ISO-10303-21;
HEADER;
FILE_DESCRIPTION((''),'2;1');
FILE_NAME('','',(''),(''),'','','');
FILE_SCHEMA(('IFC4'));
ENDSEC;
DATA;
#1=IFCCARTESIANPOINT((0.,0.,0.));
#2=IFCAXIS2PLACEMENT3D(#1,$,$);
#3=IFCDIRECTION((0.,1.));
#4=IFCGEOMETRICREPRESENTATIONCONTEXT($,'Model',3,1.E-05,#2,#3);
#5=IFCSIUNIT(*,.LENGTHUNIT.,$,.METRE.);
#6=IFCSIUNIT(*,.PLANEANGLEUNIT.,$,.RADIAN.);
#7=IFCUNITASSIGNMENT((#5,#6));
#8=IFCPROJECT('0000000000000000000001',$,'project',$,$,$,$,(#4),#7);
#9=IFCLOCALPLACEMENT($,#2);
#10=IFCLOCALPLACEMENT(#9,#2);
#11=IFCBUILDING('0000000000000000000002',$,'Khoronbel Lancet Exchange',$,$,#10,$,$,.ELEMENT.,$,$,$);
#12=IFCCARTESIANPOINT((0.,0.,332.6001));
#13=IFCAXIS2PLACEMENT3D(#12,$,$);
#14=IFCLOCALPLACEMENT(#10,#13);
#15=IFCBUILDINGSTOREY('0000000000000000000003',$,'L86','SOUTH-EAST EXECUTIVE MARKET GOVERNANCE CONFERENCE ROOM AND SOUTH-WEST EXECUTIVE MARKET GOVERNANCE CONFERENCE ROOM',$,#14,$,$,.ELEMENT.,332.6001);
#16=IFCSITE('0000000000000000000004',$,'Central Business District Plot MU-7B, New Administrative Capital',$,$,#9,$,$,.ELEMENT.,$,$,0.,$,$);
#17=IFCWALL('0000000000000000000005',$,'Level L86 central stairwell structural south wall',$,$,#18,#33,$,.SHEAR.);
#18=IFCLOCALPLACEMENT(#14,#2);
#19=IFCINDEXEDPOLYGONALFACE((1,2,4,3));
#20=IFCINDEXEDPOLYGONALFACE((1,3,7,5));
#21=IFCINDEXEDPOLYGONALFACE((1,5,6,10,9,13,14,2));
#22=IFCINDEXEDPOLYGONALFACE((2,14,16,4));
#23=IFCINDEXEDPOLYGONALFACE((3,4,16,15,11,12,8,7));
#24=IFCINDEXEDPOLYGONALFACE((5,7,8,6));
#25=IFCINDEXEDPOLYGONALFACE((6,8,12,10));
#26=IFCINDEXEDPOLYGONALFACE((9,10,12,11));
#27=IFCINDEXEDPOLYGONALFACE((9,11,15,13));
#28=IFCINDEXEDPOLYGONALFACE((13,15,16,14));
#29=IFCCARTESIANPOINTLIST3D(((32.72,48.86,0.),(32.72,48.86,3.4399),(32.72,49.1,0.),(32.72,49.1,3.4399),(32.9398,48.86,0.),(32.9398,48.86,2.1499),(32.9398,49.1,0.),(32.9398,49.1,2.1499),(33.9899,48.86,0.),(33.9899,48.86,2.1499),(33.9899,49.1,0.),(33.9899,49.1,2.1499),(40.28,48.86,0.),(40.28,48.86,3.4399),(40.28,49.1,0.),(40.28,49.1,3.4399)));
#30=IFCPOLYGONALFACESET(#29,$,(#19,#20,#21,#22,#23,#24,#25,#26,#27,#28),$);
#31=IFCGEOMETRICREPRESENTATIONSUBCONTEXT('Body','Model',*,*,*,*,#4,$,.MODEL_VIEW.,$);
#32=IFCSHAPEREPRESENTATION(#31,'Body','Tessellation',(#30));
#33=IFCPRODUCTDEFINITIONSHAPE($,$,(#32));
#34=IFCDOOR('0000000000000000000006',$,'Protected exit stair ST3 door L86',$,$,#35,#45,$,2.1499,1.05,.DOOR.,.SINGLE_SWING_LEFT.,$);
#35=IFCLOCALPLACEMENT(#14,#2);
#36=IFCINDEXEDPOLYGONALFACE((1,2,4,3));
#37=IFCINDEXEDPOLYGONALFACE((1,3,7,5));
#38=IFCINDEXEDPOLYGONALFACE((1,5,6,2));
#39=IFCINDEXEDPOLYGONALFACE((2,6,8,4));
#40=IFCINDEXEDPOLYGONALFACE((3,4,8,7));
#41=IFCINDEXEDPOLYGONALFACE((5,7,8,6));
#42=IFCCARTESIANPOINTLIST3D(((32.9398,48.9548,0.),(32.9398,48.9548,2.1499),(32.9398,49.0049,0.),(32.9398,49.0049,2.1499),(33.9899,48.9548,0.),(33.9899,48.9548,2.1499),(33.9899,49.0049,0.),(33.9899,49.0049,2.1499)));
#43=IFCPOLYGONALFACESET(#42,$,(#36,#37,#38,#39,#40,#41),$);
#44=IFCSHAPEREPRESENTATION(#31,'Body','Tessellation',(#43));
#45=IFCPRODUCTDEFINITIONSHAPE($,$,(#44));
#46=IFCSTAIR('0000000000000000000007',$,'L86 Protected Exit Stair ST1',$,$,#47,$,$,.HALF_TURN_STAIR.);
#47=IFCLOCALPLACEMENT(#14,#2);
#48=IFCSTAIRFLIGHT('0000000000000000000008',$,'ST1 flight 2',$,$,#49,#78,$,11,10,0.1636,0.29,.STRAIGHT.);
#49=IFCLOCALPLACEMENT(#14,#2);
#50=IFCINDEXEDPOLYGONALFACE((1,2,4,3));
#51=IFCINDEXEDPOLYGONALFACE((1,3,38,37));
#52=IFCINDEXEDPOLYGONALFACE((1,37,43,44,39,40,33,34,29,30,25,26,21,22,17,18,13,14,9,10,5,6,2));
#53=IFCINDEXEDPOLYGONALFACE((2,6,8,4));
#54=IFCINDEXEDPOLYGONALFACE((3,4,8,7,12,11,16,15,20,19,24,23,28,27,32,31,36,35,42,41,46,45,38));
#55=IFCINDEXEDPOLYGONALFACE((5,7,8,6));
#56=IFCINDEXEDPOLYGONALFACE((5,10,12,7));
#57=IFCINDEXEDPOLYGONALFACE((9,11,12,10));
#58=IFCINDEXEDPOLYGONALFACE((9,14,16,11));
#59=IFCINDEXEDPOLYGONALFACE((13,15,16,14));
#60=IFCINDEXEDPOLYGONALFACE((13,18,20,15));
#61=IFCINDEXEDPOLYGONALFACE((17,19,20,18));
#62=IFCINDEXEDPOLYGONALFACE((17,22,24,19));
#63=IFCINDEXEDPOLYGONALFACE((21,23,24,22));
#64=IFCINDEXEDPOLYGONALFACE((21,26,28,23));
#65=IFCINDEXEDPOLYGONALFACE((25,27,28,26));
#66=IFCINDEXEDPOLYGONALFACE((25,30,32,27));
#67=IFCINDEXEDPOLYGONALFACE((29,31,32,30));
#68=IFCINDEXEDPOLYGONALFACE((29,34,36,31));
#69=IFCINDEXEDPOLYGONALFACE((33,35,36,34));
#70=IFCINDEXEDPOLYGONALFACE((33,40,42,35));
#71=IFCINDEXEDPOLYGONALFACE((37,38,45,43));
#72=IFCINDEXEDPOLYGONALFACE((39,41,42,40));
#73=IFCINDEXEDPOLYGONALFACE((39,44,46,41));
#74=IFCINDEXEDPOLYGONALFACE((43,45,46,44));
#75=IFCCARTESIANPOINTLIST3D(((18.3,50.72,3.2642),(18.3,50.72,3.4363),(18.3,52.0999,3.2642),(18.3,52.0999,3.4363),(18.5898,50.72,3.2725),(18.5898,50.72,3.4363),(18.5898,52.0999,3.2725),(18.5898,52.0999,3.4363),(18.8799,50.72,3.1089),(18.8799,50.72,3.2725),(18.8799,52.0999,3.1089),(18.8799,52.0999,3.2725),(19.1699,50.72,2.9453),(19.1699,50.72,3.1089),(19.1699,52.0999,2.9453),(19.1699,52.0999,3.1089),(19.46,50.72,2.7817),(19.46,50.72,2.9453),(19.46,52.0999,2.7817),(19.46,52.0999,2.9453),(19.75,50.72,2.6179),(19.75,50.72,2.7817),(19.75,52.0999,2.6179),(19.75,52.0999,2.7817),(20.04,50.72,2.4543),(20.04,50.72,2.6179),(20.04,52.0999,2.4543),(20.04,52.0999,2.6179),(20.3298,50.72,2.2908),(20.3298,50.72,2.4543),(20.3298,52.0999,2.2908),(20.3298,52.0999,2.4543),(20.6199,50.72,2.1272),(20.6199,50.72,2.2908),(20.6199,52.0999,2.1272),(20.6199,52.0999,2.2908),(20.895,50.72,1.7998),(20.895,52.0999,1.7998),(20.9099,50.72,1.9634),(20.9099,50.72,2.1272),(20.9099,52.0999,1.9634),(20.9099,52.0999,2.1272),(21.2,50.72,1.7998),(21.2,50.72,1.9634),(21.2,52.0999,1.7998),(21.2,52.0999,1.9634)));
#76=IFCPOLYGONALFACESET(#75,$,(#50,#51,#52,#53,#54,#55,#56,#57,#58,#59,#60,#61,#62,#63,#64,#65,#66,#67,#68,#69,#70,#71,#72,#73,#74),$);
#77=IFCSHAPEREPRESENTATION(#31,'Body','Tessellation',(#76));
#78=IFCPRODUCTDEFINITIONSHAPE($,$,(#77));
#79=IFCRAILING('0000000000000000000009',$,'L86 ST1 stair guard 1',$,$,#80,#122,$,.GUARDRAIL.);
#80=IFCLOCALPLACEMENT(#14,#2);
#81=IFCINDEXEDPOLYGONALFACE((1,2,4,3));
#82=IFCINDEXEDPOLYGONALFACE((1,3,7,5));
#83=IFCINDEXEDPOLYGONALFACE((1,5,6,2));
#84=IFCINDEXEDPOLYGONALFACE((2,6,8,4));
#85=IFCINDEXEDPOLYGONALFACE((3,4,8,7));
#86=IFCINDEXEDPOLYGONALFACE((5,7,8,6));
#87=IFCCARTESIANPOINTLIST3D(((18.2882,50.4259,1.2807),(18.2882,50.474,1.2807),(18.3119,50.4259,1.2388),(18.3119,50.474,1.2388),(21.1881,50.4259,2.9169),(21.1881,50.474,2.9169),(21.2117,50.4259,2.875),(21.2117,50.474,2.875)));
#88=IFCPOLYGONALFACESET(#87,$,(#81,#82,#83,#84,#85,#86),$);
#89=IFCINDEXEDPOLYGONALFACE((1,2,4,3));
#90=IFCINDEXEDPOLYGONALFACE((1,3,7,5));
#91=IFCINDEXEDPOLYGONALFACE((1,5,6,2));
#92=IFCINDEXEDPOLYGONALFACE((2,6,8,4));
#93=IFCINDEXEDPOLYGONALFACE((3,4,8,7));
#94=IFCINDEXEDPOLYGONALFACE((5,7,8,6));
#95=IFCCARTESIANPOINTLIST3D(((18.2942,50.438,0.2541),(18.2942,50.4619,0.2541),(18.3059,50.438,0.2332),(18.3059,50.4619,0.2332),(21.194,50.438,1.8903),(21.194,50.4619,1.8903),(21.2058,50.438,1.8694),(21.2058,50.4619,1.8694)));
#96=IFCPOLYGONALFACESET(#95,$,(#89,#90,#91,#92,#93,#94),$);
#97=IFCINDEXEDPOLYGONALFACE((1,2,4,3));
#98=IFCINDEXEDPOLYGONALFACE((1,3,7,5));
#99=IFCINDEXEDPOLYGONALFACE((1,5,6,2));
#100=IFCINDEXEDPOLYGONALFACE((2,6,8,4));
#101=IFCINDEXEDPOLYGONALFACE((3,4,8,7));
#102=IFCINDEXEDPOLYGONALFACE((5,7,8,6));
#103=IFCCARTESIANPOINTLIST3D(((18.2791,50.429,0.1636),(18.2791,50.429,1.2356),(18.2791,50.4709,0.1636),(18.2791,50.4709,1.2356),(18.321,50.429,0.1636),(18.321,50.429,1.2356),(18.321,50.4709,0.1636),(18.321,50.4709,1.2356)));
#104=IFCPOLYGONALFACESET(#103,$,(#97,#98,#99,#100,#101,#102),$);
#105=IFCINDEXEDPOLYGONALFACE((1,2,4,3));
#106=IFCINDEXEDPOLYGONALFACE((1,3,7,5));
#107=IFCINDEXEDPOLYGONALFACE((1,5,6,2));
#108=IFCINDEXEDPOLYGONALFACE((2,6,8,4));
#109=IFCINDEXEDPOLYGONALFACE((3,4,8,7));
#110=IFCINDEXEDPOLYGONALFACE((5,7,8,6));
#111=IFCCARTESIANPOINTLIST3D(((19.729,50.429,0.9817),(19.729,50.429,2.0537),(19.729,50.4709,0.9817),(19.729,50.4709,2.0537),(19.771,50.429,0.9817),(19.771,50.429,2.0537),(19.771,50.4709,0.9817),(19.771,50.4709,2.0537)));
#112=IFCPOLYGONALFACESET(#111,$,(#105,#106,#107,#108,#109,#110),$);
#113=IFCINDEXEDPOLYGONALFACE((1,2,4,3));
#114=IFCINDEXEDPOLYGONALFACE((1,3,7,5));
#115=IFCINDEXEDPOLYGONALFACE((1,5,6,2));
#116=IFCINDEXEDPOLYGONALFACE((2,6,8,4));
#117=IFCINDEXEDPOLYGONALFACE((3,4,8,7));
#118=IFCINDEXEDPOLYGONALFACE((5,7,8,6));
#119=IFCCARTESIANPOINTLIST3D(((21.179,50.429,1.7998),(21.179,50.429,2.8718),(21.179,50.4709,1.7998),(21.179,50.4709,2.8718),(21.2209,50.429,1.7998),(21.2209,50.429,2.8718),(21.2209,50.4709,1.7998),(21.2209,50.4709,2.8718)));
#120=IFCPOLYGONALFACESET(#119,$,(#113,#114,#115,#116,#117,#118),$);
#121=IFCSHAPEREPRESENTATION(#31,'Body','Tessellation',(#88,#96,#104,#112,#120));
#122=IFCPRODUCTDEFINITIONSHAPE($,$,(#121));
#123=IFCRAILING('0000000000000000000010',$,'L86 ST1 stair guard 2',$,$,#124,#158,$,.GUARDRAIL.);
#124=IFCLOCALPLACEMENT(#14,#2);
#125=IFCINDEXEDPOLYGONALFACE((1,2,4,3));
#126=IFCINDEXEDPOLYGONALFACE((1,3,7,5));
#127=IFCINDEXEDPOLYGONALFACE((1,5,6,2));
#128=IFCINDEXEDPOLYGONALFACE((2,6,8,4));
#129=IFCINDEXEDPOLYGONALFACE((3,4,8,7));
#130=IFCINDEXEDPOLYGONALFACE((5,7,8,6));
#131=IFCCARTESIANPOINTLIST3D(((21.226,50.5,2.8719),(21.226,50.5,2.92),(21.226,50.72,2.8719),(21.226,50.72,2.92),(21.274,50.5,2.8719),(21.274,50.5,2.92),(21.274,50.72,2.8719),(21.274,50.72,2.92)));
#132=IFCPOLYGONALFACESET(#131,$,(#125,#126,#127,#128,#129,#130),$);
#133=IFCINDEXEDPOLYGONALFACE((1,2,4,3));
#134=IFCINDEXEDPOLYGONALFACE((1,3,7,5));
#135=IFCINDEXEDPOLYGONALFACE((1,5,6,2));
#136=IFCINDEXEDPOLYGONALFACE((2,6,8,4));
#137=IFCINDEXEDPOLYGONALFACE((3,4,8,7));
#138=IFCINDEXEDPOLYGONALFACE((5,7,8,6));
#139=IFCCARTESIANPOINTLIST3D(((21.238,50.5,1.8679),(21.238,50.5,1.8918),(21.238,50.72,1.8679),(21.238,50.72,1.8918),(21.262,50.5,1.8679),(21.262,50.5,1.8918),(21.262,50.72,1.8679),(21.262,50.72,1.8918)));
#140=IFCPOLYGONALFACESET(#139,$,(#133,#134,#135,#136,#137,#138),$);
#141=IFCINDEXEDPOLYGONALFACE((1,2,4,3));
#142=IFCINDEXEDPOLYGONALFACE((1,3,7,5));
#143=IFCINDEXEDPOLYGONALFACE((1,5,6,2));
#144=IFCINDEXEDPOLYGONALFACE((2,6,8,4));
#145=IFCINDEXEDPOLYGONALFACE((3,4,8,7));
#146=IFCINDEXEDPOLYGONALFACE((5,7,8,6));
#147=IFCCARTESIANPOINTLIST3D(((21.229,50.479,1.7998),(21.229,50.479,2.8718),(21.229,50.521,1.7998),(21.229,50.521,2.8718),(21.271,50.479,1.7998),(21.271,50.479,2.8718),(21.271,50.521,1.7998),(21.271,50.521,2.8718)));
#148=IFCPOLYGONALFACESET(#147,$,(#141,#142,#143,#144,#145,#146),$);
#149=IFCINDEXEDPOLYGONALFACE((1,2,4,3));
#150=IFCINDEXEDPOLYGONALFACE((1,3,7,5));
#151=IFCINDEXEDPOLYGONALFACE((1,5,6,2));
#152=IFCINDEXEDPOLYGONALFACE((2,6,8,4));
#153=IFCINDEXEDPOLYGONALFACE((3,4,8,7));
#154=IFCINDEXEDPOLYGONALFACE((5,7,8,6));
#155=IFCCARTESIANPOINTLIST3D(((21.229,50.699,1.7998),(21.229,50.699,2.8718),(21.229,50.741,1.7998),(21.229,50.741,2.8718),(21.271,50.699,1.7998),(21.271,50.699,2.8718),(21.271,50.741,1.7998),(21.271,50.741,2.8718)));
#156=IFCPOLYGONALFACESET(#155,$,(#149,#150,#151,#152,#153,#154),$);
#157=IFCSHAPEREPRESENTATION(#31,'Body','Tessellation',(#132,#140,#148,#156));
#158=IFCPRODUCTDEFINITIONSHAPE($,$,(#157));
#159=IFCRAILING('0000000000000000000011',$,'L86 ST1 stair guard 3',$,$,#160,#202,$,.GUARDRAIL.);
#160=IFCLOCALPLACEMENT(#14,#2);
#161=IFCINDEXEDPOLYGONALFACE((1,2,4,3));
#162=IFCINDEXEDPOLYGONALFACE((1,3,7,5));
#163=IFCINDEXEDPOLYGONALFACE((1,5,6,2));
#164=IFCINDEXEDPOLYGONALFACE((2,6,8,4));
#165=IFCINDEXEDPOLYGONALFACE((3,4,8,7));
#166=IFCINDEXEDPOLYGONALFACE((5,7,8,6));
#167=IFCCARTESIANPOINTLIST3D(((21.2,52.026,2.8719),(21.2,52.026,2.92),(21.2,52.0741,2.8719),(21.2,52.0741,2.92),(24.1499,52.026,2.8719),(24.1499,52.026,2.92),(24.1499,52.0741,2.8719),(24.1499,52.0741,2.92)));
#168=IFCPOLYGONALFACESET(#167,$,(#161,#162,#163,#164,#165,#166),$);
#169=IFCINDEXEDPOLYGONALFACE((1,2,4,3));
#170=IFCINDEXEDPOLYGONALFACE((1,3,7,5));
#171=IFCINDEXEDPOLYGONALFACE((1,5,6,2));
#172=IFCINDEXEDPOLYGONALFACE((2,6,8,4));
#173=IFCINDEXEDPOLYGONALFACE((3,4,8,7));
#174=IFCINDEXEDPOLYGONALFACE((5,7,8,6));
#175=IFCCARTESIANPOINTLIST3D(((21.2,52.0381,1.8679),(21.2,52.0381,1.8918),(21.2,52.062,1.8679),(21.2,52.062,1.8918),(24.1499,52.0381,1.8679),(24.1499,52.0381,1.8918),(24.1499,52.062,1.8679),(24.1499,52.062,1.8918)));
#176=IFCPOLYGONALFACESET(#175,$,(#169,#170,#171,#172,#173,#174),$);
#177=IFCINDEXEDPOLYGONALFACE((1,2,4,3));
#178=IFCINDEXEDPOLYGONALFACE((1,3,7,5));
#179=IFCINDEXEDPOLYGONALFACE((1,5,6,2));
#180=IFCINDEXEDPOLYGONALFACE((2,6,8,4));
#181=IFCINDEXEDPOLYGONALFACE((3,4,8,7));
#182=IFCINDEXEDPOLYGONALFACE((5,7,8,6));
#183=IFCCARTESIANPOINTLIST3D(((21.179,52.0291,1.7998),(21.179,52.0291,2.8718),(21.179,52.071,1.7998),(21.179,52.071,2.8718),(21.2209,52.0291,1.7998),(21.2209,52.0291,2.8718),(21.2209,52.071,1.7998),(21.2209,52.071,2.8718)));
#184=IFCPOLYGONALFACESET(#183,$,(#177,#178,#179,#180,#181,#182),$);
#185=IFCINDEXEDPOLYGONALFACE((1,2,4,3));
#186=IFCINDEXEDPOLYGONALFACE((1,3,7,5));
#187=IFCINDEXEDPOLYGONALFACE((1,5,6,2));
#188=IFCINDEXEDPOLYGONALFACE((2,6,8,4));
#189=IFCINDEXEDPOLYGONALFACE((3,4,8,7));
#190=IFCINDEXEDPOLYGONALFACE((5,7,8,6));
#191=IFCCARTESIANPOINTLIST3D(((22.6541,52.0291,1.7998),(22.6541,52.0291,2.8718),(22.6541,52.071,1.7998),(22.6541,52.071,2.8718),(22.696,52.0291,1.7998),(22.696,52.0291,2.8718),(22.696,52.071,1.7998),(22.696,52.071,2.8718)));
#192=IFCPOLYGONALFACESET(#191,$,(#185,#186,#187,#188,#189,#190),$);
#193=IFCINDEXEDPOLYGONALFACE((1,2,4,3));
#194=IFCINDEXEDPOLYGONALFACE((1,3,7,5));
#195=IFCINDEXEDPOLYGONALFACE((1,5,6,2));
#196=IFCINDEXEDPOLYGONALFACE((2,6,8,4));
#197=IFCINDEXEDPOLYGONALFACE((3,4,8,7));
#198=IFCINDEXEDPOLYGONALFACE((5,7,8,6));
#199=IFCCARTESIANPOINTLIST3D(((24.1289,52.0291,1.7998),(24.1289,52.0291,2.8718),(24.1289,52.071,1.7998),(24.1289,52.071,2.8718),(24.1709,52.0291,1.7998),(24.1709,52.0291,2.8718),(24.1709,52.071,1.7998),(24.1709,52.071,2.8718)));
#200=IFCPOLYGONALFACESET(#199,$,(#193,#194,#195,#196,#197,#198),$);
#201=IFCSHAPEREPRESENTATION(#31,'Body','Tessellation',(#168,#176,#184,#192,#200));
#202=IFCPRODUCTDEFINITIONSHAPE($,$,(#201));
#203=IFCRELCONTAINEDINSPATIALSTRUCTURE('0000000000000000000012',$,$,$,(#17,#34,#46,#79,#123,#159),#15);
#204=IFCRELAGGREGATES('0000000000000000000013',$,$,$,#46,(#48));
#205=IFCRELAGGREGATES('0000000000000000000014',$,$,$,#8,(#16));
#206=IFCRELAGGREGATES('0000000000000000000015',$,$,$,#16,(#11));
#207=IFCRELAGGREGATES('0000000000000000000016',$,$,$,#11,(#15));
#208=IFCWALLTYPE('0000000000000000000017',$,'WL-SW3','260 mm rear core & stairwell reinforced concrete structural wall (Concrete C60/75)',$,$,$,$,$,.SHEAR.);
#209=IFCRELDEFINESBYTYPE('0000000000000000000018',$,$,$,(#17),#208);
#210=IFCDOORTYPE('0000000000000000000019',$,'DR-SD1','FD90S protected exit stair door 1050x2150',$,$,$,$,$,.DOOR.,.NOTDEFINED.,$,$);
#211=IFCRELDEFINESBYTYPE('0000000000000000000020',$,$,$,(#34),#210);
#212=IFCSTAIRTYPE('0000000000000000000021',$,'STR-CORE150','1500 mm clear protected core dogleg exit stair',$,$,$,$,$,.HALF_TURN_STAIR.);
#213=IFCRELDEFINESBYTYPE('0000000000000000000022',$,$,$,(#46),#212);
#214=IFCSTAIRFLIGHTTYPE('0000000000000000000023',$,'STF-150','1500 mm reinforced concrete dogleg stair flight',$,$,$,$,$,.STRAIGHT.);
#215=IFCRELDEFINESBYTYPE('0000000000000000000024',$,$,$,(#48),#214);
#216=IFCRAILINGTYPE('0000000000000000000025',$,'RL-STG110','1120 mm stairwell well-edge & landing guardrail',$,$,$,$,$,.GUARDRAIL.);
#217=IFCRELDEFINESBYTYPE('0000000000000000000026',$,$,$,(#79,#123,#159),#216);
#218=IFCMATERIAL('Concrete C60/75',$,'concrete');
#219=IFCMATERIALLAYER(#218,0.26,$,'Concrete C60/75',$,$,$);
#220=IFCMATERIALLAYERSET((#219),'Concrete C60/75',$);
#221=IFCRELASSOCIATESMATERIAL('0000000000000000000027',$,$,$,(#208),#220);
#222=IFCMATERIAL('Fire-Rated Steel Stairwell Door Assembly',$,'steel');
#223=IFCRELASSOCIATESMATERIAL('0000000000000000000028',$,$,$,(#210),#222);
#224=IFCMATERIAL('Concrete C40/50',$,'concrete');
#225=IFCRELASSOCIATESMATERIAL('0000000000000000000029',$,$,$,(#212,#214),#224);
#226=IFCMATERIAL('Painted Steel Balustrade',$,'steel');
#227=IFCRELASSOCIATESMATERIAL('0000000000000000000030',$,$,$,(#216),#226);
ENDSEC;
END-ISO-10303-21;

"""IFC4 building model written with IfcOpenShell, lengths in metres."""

from ifc_helpers import new_model, si_unit, direction, frame, frame_2d, origin, origin_2d, place, context, subcontext, project, spatial, polyline, rectangle, outline, extrude, material, layer, layer_set, type_object, element, fill, aggregate, save


model = new_model("IFC4")

# Units and contexts
model_context = context("Model", 3, precision=1e-05, world=origin(), true_north=direction((0.0, 1.0)))
body_context = subcontext(model_context, "Body", "Model", "MODEL_VIEW")
ifc_project = project(units=[si_unit("LENGTHUNIT", "METRE"), si_unit("PLANEANGLEUNIT", "RADIAN")], contexts=[model_context])

# Site, building, storey
site_placement = place(None, origin())
site = spatial("IfcSite", under=ifc_project, at=site_placement, Name="Central Business District Plot MU-7B, New Administrative Capital", CompositionType="ELEMENT", RefElevation=0.0)
building_placement = place(site_placement, origin())
building = spatial("IfcBuilding", under=site, at=building_placement, Name="Khoronbel Lancet Exchange", CompositionType="ELEMENT")
storey_placement = place(building_placement, frame((0.0, 0.0, 332.6001)))
storey = spatial("IfcBuildingStorey", under=building, at=storey_placement, Name="L86", Description="SOUTH-EAST EXECUTIVE MARKET GOVERNANCE CONFERENCE ROOM AND SOUTH-WEST EXECUTIVE MARKET GOVERNANCE CONFERENCE ROOM", CompositionType="ELEMENT", Elevation=332.6001)

# Shared definitions
ifc_material_1 = material(Name="Concrete C60/75", Category="concrete")
ifc_layer_1 = layer(ifc_material_1, 0.26, Name="Concrete C60/75")
ifc_layer_set_1 = layer_set([ifc_layer_1], Name="Concrete C60/75")
wall_type_1 = type_object("IfcWallType", Name="WL-SW3", Description="260 mm rear core & stairwell reinforced concrete structural wall (Concrete C60/75)", PredefinedType="SHEAR", material=ifc_layer_set_1)

# Wall, opening, door
wall_1_placement = place(storey_placement, frame((32.72, 48.98, 0.0), z_axis=(0.0, 0.0, 1.0), x_axis=(1.0, 0.0, 0.0)))
wall_1 = element("IfcWall", 1, at=wall_1_placement, inside=storey, type_object=wall_type_1, Name="Level L86 central stairwell structural south wall", PredefinedType="SHEAR", context=body_context, shape_type="SweptSolid", body=[
    extrude(rectangle(XDim=7.5601, YDim=0.24, at=frame_2d((3.78, 0.0))), origin(), (0.0, 0.0, 1.0), 3.4399),
])
opening_1_placement = place(wall_1_placement, frame((0.22, 0.0, 0.0)))
opening_1 = element("IfcOpeningElement", 2, at=opening_1_placement, cuts=wall_1, PredefinedType="OPENING", context=body_context, shape_type="SweptSolid", body=[
    extrude(rectangle(XDim=1.05, YDim=2.1499, at=frame_2d((0.5249, 1.075))), frame((0.0, 0.1299, 0.0), z_axis=(0.0, -1.0, 0.0), x_axis=(1.0, 0.0, 0.0)), (0.0, 0.0, 1.0), 0.26),
])
ifc_material_2 = material(Name="Fire-Rated Steel Stairwell Door Assembly", Category="steel")
door_type_1 = type_object("IfcDoorType", Name="DR-SD1", Description="FD90S protected exit stair door 1050x2150", OperationType="NOTDEFINED", PredefinedType="DOOR", material=ifc_material_2)
door_1_placement = place(opening_1_placement, origin())
door_1 = element("IfcDoor", 3, at=door_1_placement, inside=storey, type_object=door_type_1, Name="Protected exit stair ST3 door L86", OperationType="SINGLE_SWING_LEFT", OverallHeight=2.1499, OverallWidth=1.05, PredefinedType="DOOR", context=body_context, shape_type="SweptSolid", body=[
    extrude(rectangle(XDim=1.05, YDim=2.1499, at=frame_2d((0.5249, 1.075))), frame((0.0, 0.0249, 0.0), z_axis=(0.0, -1.0, 0.0), x_axis=(1.0, 0.0, 0.0)), (0.0, 0.0, 1.0), 0.05),
])
fill(opening_1, door_1)

# Stair, stair flight
ifc_material_3 = material(Name="Concrete C40/50", Category="concrete")
stair_type = type_object("IfcStairType", Name="STR-CORE150", Description="1500 mm clear protected core dogleg exit stair", PredefinedType="HALF_TURN_STAIR", material=ifc_material_3)
stair_placement = place(storey_placement, origin())
stair = element("IfcStair", 4, at=stair_placement, inside=storey, type_object=stair_type, Name="L86 Protected Exit Stair ST1", PredefinedType="HALF_TURN_STAIR")
stair_flight_type = type_object("IfcStairFlightType", Name="STF-150", Description="1500 mm reinforced concrete dogleg stair flight", PredefinedType="STRAIGHT", material=ifc_material_3)
stair_flight_placement = place(storey_placement, frame((21.2, 51.4099, 1.7998), z_axis=(0.0, 0.0, 1.0), x_axis=(-1.0, 0.0, 0.0)))
stair_flight = element("IfcStairFlight", 5, at=stair_flight_placement, type_object=stair_flight_type, Name="ST1 flight 2", NumberOfRisers=11, NumberOfTreads=10, PredefinedType="STRAIGHT", RiserHeight=0.1636, TreadLength=0.29, context=body_context, shape_type="SweptSolid", body=[
    extrude(outline(polyline([(0.0, 0.0), (0.0, 0.1636), (0.29, 0.1636), (0.29, 0.3274), (0.5801, 0.3274), (0.5801, 0.491), (0.8701, 0.491), (0.8701, 0.6545), (1.1599, 0.6545), (1.1599, 0.8181), (1.45, 0.8181), (1.45, 0.9819), (1.74, 0.9819), (1.74, 1.1455), (2.03, 1.1455), (2.03, 1.3091), (2.3201, 1.3091), (2.3201, 1.4727), (2.6101, 1.4727), (2.6101, 1.6365), (2.8999, 1.6365), (2.8999, 1.8), (2.8999, 1.4644), (0.3049, 0.0), (0.0, 0.0)])), frame((0.0, 0.6899, 0.0), z_axis=(0.0, -1.0, 0.0), x_axis=(1.0, 0.0, 0.0)), (0.0, 0.0, 1.0), 1.3799),
])
aggregate(stair, [stair_flight])

# Railings
ifc_material_4 = material(Name="Painted Steel Balustrade", Category="steel")
railing_type_1 = type_object("IfcRailingType", Name="RL-STG110", Description="1120 mm stairwell well-edge & landing guardrail", PredefinedType="GUARDRAIL", material=ifc_material_4)
railing_1_placement = place(storey_placement, frame((18.3, 50.45, 0.1636)))
element("IfcRailing", 6, at=railing_1_placement, inside=storey, type_object=railing_type_1, Name="L86 ST1 stair guard 1", PredefinedType="GUARDRAIL", context=body_context, shape_type="SweptSolid", body=[
    extrude(rectangle(XDim=0.0481, YDim=0.0481, at=origin_2d()), frame((0.0, 0.0, 1.0962), z_axis=(0.870929, 0.0, 0.49141), x_axis=(0.0, 1.0, 0.0)), (0.0, 0.0, 1.0), 3.3296),
    extrude(rectangle(XDim=0.0239, YDim=0.0239, at=origin_2d()), frame((0.0, 0.0, 0.0801), z_axis=(0.870929, 0.0, 0.49141), x_axis=(0.0, 1.0, 0.0)), (0.0, 0.0, 1.0), 3.3296),
    extrude(rectangle(XDim=0.042, YDim=0.042, at=origin_2d()), origin(), (0.0, 0.0, 1.0), 1.072),
    extrude(rectangle(XDim=0.042, YDim=0.042, at=origin_2d()), frame((1.45, 0.0, 0.8181)), (0.0, 0.0, 1.0), 1.072),
    extrude(rectangle(XDim=0.042, YDim=0.042, at=origin_2d()), frame((2.8999, 0.0, 1.6362)), (0.0, 0.0, 1.0), 1.072),
])
railing_2_placement = place(storey_placement, frame((21.25, 50.5, 1.7998)))
element("IfcRailing", 7, at=railing_2_placement, inside=storey, type_object=railing_type_1, Name="L86 ST1 stair guard 2", PredefinedType="GUARDRAIL", context=body_context, shape_type="SweptSolid", body=[
    extrude(rectangle(XDim=0.0481, YDim=0.0481, at=origin_2d()), frame((0.0, 0.0, 1.0962), z_axis=(0.0, 1.0, 0.0), x_axis=(-1.0, 0.0, 0.0)), (0.0, 0.0, 1.0), 0.22),
    extrude(rectangle(XDim=0.0239, YDim=0.0239, at=origin_2d()), frame((0.0, 0.0, 0.0801), z_axis=(0.0, 1.0, 0.0), x_axis=(-1.0, 0.0, 0.0)), (0.0, 0.0, 1.0), 0.22),
    extrude(rectangle(XDim=0.042, YDim=0.042, at=origin_2d()), origin(), (0.0, 0.0, 1.0), 1.072),
    extrude(rectangle(XDim=0.042, YDim=0.042, at=origin_2d()), frame((0.0, 0.22, 0.0)), (0.0, 0.0, 1.0), 1.072),
])
railing_3_placement = place(storey_placement, frame((21.2, 52.05, 1.7998)))
element("IfcRailing", 8, at=railing_3_placement, inside=storey, type_object=railing_type_1, Name="L86 ST1 stair guard 3", PredefinedType="GUARDRAIL", context=body_context, shape_type="SweptSolid", body=[
    extrude(rectangle(XDim=0.0481, YDim=0.0481, at=origin_2d()), frame((0.0, 0.0, 1.0962), z_axis=(1.0, 0.0, 0.0), x_axis=(0.0, 1.0, 0.0)), (0.0, 0.0, 1.0), 2.95),
    extrude(rectangle(XDim=0.0239, YDim=0.0239, at=origin_2d()), frame((0.0, 0.0, 0.0801), z_axis=(1.0, 0.0, 0.0), x_axis=(0.0, 1.0, 0.0)), (0.0, 0.0, 1.0), 2.95),
    extrude(rectangle(XDim=0.042, YDim=0.042, at=origin_2d()), origin(), (0.0, 0.0, 1.0), 1.072),
    extrude(rectangle(XDim=0.042, YDim=0.042, at=origin_2d()), frame((1.4751, 0.0, 0.0)), (0.0, 0.0, 1.0), 1.072),
    extrude(rectangle(XDim=0.042, YDim=0.042, at=origin_2d()), frame((2.95, 0.0, 0.0)), (0.0, 0.0, 1.0), 1.072),
])

save(model, "model.ifc")
